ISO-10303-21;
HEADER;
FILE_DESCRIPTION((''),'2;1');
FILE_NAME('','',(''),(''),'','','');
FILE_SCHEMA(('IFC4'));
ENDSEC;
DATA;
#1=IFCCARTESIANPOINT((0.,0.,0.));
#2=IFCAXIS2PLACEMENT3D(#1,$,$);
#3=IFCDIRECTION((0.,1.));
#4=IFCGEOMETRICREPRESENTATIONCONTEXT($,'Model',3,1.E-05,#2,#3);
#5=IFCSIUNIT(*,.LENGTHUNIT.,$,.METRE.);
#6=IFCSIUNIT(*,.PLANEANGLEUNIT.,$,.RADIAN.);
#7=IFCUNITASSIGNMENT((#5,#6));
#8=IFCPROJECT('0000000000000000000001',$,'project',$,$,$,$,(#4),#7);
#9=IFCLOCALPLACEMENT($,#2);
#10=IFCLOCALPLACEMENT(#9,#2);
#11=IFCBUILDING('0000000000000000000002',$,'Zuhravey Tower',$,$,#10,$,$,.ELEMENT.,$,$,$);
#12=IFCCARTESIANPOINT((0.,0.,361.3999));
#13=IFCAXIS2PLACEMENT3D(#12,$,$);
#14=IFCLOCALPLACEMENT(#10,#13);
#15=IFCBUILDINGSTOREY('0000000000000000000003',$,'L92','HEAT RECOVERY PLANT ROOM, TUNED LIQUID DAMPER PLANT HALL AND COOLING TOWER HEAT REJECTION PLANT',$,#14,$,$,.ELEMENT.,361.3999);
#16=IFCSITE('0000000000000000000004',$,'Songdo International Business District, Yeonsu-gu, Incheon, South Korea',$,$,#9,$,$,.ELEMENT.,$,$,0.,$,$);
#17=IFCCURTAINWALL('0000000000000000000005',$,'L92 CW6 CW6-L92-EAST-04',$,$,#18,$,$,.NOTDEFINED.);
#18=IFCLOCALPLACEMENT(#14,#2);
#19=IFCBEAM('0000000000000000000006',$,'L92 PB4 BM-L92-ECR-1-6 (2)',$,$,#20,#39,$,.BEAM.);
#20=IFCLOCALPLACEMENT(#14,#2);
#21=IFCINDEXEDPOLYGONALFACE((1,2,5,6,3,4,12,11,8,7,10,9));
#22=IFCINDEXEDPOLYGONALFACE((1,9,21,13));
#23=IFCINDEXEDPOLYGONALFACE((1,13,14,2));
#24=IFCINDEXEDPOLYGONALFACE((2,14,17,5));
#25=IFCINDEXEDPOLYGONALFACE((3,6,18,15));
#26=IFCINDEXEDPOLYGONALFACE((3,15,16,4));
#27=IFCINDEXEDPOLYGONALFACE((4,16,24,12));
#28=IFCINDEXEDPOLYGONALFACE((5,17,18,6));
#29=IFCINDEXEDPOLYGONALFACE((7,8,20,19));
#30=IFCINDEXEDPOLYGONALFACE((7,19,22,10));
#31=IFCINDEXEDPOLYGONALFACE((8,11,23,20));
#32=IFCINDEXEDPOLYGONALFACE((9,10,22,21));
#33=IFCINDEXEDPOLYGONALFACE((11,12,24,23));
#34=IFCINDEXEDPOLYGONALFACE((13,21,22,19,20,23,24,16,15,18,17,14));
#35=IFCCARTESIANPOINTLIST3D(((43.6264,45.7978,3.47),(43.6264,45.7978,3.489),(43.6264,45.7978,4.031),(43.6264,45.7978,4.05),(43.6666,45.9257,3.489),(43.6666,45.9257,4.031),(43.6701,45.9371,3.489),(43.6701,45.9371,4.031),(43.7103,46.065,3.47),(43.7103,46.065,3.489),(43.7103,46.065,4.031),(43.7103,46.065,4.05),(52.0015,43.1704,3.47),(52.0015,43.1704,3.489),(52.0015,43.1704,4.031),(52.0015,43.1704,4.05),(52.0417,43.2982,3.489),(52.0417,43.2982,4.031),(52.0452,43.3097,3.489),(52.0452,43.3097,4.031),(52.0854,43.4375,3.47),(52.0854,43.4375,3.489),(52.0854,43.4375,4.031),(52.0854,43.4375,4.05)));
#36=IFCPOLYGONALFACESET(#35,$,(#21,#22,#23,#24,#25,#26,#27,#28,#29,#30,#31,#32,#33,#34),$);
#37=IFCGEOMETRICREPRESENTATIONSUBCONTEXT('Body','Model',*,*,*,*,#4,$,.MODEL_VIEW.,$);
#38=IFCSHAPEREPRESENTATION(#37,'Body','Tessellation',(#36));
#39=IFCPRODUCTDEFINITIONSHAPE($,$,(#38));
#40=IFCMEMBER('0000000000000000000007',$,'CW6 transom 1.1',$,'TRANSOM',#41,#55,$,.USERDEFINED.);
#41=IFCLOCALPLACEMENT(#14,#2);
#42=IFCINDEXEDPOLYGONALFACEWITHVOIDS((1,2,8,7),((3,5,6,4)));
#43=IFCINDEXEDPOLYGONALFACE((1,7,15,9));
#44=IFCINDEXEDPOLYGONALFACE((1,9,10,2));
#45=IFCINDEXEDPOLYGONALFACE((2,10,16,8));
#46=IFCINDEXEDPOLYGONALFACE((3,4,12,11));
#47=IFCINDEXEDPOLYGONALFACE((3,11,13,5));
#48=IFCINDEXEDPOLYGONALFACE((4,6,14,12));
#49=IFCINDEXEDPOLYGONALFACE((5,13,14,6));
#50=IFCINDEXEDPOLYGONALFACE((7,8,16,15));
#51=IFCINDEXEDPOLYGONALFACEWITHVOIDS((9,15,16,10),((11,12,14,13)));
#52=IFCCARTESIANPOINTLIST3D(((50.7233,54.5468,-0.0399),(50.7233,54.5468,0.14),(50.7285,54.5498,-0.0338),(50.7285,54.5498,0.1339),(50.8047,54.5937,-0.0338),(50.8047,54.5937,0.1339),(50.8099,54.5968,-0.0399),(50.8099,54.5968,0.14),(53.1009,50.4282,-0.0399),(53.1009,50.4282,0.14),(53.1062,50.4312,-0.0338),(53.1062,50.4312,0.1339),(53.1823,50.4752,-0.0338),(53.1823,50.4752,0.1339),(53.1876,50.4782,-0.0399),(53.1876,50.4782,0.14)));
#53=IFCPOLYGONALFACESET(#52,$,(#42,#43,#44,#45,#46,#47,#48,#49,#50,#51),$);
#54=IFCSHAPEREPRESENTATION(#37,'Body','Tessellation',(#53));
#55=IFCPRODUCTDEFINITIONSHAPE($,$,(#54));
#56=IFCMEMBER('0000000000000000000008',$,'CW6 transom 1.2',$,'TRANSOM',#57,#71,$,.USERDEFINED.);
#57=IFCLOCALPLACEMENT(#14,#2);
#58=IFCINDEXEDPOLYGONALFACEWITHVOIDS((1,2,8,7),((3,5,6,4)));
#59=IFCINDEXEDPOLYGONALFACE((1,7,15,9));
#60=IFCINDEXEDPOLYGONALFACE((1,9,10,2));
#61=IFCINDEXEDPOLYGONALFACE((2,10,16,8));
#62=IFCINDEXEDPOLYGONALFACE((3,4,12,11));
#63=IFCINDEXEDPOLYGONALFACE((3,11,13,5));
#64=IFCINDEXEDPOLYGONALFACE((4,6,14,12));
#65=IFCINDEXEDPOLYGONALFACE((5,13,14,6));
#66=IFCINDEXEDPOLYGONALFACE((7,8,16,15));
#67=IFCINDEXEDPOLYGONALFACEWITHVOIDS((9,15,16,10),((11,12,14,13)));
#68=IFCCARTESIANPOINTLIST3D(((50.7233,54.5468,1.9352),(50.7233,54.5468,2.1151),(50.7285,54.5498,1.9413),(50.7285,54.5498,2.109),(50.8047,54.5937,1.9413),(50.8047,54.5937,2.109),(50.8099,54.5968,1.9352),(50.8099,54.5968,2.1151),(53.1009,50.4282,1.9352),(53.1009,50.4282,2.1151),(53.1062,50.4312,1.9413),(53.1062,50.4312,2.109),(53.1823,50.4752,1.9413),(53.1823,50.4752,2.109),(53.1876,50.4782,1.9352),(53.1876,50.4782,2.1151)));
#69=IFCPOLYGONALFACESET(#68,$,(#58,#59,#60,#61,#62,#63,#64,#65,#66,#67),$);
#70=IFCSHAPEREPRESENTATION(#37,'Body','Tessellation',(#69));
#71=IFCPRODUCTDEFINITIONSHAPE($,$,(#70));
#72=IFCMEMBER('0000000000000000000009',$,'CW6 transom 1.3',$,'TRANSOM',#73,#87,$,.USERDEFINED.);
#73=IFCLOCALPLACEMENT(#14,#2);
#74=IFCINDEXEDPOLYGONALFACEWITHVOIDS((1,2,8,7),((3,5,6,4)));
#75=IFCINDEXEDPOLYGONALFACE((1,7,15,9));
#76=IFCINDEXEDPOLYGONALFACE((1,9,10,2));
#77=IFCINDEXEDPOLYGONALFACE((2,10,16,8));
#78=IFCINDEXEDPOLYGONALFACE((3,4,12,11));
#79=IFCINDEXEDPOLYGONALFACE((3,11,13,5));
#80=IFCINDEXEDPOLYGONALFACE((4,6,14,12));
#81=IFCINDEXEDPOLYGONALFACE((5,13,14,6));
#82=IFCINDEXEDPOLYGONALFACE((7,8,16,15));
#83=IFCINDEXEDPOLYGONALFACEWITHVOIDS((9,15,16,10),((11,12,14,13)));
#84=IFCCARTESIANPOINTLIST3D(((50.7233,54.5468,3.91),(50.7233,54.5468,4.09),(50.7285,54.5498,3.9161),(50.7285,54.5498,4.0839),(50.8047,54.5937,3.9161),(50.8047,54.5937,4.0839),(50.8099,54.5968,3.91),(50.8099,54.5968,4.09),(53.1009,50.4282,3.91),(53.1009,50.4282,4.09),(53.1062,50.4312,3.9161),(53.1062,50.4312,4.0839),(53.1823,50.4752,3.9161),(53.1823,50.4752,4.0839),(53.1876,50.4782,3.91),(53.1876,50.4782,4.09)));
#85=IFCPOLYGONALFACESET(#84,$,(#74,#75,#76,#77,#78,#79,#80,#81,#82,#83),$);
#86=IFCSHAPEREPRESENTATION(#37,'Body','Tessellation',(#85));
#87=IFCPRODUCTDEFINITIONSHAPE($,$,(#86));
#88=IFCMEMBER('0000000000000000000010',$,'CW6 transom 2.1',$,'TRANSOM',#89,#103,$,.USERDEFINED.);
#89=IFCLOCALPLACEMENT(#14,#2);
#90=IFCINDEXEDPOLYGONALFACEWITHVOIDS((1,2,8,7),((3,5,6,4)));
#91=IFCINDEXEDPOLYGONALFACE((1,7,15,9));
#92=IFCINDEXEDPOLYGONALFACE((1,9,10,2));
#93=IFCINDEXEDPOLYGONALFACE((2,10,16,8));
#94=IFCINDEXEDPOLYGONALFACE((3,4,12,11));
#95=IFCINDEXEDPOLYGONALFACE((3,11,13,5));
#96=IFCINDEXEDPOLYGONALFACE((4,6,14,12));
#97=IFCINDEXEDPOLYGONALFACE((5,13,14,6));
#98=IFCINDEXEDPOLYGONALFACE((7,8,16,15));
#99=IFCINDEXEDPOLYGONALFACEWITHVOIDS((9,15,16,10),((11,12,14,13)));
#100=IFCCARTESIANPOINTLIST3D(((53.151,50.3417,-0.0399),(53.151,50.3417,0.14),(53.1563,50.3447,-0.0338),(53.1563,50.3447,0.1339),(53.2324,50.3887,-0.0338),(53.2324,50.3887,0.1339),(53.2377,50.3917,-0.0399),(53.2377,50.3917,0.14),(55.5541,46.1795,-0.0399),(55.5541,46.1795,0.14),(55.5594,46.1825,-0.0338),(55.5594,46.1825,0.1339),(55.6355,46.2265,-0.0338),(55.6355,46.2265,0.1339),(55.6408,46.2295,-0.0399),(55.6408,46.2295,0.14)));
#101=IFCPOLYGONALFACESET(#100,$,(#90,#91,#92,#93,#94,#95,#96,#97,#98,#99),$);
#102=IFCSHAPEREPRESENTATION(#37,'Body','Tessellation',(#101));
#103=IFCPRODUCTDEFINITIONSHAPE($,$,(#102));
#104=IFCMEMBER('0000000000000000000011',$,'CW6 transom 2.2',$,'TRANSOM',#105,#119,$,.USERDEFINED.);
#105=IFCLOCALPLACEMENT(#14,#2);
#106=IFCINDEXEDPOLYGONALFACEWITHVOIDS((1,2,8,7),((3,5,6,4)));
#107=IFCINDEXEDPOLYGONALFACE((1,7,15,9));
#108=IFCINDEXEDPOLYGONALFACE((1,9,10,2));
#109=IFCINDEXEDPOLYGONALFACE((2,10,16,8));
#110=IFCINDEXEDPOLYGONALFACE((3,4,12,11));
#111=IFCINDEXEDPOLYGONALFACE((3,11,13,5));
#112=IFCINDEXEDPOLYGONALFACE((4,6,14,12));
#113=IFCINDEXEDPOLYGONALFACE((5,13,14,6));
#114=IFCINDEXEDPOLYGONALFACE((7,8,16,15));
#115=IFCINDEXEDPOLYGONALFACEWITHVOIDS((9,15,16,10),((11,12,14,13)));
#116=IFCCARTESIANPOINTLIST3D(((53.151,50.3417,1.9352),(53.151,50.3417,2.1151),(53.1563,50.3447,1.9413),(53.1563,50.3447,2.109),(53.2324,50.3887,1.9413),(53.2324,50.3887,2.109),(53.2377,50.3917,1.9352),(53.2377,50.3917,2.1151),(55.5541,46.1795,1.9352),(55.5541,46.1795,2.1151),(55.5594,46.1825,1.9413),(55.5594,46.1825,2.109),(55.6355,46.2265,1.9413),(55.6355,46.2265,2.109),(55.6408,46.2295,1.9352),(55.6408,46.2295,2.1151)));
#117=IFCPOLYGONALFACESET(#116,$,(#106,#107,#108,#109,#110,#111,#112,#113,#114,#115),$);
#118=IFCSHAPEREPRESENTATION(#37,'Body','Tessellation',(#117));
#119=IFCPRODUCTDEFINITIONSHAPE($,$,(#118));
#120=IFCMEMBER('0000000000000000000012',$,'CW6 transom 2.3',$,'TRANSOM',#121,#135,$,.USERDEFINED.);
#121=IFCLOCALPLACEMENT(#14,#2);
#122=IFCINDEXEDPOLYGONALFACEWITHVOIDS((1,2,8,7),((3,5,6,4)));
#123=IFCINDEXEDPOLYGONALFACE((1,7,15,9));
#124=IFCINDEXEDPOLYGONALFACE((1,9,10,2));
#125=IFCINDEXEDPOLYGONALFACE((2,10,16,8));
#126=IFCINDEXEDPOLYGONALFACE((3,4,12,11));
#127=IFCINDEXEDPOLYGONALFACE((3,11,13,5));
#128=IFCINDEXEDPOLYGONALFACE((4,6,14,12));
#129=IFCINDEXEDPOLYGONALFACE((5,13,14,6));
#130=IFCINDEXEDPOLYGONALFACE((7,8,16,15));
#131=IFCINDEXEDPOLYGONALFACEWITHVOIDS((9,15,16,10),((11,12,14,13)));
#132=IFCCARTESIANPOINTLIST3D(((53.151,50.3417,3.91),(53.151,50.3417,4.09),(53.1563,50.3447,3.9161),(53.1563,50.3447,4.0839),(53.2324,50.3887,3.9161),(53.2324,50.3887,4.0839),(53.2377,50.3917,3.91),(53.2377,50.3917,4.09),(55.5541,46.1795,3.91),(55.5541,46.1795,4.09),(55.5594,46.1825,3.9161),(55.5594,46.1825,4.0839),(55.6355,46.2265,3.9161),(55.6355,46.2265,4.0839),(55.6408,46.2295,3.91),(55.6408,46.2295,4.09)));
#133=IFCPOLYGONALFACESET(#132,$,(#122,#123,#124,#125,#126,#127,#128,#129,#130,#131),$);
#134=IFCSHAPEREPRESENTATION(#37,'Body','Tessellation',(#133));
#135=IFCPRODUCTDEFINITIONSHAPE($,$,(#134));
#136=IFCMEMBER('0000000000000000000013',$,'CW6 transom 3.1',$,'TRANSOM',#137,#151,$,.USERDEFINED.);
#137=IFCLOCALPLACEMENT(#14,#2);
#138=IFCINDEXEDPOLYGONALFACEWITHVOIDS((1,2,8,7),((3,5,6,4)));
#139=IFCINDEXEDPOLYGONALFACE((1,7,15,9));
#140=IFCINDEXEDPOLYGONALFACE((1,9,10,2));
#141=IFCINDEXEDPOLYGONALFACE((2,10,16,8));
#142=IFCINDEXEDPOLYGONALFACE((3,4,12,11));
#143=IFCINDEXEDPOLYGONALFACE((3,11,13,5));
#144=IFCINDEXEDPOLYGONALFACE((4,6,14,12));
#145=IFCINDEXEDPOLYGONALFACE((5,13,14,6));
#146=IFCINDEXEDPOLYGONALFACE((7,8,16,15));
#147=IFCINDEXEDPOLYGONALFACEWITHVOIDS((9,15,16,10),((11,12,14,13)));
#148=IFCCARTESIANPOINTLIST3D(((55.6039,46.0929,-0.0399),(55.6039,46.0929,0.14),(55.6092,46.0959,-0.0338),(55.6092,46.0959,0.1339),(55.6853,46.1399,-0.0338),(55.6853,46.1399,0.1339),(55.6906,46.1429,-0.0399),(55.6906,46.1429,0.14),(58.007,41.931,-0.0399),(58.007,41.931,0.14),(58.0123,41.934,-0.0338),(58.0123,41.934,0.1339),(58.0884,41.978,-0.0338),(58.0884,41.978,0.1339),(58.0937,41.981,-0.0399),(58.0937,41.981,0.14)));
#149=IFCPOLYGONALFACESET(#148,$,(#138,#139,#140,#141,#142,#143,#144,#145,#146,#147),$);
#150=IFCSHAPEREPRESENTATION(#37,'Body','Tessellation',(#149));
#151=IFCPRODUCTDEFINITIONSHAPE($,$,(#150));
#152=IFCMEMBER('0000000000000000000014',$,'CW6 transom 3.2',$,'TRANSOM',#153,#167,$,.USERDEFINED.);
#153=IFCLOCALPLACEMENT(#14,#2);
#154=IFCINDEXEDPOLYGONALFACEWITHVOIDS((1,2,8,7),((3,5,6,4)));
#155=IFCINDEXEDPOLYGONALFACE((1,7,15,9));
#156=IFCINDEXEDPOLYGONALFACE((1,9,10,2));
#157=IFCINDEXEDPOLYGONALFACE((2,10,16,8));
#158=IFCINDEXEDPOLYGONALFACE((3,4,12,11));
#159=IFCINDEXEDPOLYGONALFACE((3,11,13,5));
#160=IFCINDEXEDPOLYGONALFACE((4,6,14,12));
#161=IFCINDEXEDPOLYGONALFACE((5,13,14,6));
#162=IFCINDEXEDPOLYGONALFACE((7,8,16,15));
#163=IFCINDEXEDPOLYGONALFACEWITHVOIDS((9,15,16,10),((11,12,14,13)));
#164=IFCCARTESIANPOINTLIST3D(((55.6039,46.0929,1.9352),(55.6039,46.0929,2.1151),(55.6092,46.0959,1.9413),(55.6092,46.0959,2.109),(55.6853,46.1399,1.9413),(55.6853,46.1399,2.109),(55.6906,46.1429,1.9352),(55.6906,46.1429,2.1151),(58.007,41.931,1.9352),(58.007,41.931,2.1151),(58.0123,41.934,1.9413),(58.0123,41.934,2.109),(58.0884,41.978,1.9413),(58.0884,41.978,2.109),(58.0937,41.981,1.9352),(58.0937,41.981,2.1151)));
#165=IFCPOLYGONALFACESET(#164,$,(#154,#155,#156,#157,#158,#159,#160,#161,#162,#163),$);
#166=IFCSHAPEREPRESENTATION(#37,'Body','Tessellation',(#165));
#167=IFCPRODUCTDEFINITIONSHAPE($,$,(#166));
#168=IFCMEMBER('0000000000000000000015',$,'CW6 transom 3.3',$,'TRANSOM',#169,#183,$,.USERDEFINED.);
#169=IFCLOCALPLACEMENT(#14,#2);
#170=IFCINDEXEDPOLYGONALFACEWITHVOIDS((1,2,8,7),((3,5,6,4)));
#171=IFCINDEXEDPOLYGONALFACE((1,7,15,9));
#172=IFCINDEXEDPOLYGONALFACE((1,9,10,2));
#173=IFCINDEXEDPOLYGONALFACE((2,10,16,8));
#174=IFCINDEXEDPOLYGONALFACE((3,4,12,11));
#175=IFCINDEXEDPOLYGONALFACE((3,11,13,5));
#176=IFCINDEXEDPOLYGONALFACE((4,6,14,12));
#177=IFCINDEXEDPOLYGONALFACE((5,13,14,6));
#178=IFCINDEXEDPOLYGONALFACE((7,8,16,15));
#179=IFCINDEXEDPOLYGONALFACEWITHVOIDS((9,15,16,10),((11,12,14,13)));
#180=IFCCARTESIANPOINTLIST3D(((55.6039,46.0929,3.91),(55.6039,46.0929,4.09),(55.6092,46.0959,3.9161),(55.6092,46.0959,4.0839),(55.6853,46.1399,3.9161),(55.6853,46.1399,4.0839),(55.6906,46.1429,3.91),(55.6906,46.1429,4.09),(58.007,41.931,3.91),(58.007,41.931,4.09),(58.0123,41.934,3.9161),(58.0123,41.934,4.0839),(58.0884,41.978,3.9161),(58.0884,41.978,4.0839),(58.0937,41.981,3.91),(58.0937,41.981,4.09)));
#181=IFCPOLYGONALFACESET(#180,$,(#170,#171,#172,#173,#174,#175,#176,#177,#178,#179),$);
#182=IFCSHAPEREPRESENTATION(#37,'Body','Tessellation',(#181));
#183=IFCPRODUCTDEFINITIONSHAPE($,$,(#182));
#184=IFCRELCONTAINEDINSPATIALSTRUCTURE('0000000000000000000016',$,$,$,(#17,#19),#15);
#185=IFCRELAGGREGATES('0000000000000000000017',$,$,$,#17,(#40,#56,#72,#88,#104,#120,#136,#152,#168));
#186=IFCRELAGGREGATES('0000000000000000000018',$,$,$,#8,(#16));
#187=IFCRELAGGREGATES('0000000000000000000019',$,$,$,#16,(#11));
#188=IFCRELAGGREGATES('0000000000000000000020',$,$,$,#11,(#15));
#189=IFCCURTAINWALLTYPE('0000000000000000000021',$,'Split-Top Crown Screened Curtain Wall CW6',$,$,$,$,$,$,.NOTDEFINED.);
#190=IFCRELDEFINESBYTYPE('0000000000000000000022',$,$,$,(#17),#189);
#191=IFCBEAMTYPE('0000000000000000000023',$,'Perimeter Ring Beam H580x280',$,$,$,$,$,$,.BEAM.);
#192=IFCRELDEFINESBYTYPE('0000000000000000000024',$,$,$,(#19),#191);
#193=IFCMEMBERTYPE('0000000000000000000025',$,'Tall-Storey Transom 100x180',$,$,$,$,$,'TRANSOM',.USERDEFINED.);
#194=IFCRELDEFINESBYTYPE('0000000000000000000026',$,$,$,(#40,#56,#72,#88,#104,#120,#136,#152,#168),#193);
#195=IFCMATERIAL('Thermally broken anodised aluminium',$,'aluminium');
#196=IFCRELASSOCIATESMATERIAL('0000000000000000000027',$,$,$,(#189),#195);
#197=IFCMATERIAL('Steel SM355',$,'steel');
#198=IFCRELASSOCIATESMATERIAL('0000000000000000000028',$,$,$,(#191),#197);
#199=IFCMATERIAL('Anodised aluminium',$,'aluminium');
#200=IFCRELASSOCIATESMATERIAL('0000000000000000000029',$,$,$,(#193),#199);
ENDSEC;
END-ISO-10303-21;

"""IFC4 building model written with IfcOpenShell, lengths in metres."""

from ifc_helpers import new_model, si_unit, direction, frame, origin, origin_2d, place, context, subcontext, project, spatial, hollow_rectangle, i_section, extrude, material, material_profile, profile_set, type_object, element, aggregate, save


model = new_model("IFC4")

# Units and contexts
model_context = context("Model", 3, precision=1e-05, world=origin(), true_north=direction((0.0, 1.0)))
body_context = subcontext(model_context, "Body", "Model", "MODEL_VIEW")
ifc_project = project(units=[si_unit("LENGTHUNIT", "METRE"), si_unit("PLANEANGLEUNIT", "RADIAN")], contexts=[model_context])

# Site, building, storey
site_placement = place(None, origin())
site = spatial("IfcSite", under=ifc_project, at=site_placement, Name="Songdo International Business District, Yeonsu-gu, Incheon, South Korea", CompositionType="ELEMENT", RefElevation=0.0)
building_placement = place(site_placement, origin())
building = spatial("IfcBuilding", under=site, at=building_placement, Name="Zuhravey Tower", CompositionType="ELEMENT")
storey_placement = place(building_placement, frame((0.0, 0.0, 361.3999)))
storey = spatial("IfcBuildingStorey", under=building, at=storey_placement, Name="L92", Description="HEAT RECOVERY PLANT ROOM, TUNED LIQUID DAMPER PLANT HALL AND COOLING TOWER HEAT REJECTION PLANT", CompositionType="ELEMENT", Elevation=361.3999)

# Shared definitions
ifc_material_1 = material(Name="Steel SM355", Category="steel")

# Curtain wall
ifc_material_2 = material(Name="Thermally broken anodised aluminium", Category="aluminium")
curtain_wall_type = type_object("IfcCurtainWallType", Name="Split-Top Crown Screened Curtain Wall CW6", PredefinedType="NOTDEFINED", material=ifc_material_2)
curtain_wall_placement = place(storey_placement, origin())
curtain_wall = element("IfcCurtainWall", 1, at=curtain_wall_placement, inside=storey, type_object=curtain_wall_type, Name="L92 CW6 CW6-L92-EAST-04", PredefinedType="NOTDEFINED")
ifc_material_3 = material(Name="Anodised aluminium", Category="aluminium")

# Beam
ifc_material_profile_1 = material_profile(ifc_material_1, i_section(OverallWidth=0.28, OverallDepth=0.5801, WebThickness=0.012, FlangeThickness=0.019, at=origin_2d()), Name="H-580x280x12x19")
ifc_profile_set_1 = profile_set([ifc_material_profile_1], Name="Steel SM355")
beam_type = type_object("IfcBeamType", Name="Perimeter Ring Beam H580x280", PredefinedType="BEAM", material=ifc_profile_set_1)
beam_1_placement = place(storey_placement, frame((52.0435, 43.304, 3.76), z_axis=(-0.954147, 0.299339, 0.0), x_axis=(-0.299339, -0.954147, 0.0)))
element("IfcBeam", 2, at=beam_1_placement, inside=storey, type_object=beam_type, Name="L92 PB4 BM-L92-ECR-1-6 (2)", PredefinedType="BEAM", context=body_context, shape_type="SweptSolid", body=[
    extrude(i_section(OverallWidth=0.28, OverallDepth=0.5801, WebThickness=0.012, FlangeThickness=0.019, at=origin_2d()), origin(), (0.0, 0.0, 1.0), 8.7776),
])

# Members
ifc_material_profile_2 = material_profile(ifc_material_3, hollow_rectangle(XDim=0.1001, YDim=0.1799, WallThickness=0.0061, at=origin_2d()), Name="ALU-RHS-100x180x6")
ifc_profile_set_2 = profile_set([ifc_material_profile_2], Name="Anodised aluminium")
member_type_1 = type_object("IfcMemberType", Name="Tall-Storey Transom 100x180", ElementType="TRANSOM", PredefinedType="USERDEFINED", material=ifc_profile_set_2)
member_1_placement = place(storey_placement, frame((50.7666, 54.5718, 0.05), z_axis=(0.499965, -0.866045, 0.0), x_axis=(0.866045, 0.499965, 0.0)))
member_1 = element("IfcMember", 3, at=member_1_placement, type_object=member_type_1, Name="CW6 transom 1.1", ObjectType="TRANSOM", PredefinedType="USERDEFINED", context=body_context, shape_type="SweptSolid", body=[
    extrude(hollow_rectangle(XDim=0.1001, YDim=0.1799, WallThickness=0.0061, at=origin_2d()), origin(), (0.0, 0.0, 1.0), 4.7556),
])
member_2_placement = place(storey_placement, frame((50.7666, 54.5718, 2.0251), z_axis=(0.499965, -0.866045, 0.0), x_axis=(0.866045, 0.499965, 0.0)))
member_2 = element("IfcMember", 4, at=member_2_placement, type_object=member_type_1, Name="CW6 transom 1.2", ObjectType="TRANSOM", PredefinedType="USERDEFINED", context=body_context, shape_type="SweptSolid", body=[
    extrude(hollow_rectangle(XDim=0.1001, YDim=0.1799, WallThickness=0.0061, at=origin_2d()), origin(), (0.0, 0.0, 1.0), 4.7556),
])
member_3_placement = place(storey_placement, frame((50.7666, 54.5718, 4.0), z_axis=(0.499965, -0.866045, 0.0), x_axis=(0.866045, 0.499965, 0.0)))
member_3 = element("IfcMember", 5, at=member_3_placement, type_object=member_type_1, Name="CW6 transom 1.3", ObjectType="TRANSOM", PredefinedType="USERDEFINED", context=body_context, shape_type="SweptSolid", body=[
    extrude(hollow_rectangle(XDim=0.1001, YDim=0.1799, WallThickness=0.0061, at=origin_2d()), origin(), (0.0, 0.0, 1.0), 4.7556),
])
member_4_placement = place(storey_placement, frame((53.1943, 50.3667, 0.05), z_axis=(0.500013, -0.866018, 0.0), x_axis=(0.866018, 0.500013, 0.0)))
member_4 = element("IfcMember", 6, at=member_4_placement, type_object=member_type_1, Name="CW6 transom 2.1", ObjectType="TRANSOM", PredefinedType="USERDEFINED", context=body_context, shape_type="SweptSolid", body=[
    extrude(hollow_rectangle(XDim=0.1001, YDim=0.1799, WallThickness=0.0061, at=origin_2d()), origin(), (0.0, 0.0, 1.0), 4.8062),
])
member_5_placement = place(storey_placement, frame((53.1943, 50.3667, 2.0251), z_axis=(0.500013, -0.866018, 0.0), x_axis=(0.866018, 0.500013, 0.0)))
member_5 = element("IfcMember", 7, at=member_5_placement, type_object=member_type_1, Name="CW6 transom 2.2", ObjectType="TRANSOM", PredefinedType="USERDEFINED", context=body_context, shape_type="SweptSolid", body=[
    extrude(hollow_rectangle(XDim=0.1001, YDim=0.1799, WallThickness=0.0061, at=origin_2d()), origin(), (0.0, 0.0, 1.0), 4.8062),
])
member_6_placement = place(storey_placement, frame((53.1943, 50.3667, 4.0), z_axis=(0.500013, -0.866018, 0.0), x_axis=(0.866018, 0.500013, 0.0)))
member_6 = element("IfcMember", 8, at=member_6_placement, type_object=member_type_1, Name="CW6 transom 2.3", ObjectType="TRANSOM", PredefinedType="USERDEFINED", context=body_context, shape_type="SweptSolid", body=[
    extrude(hollow_rectangle(XDim=0.1001, YDim=0.1799, WallThickness=0.0061, at=origin_2d()), origin(), (0.0, 0.0, 1.0), 4.8062),
])
member_7_placement = place(storey_placement, frame((55.6472, 46.1179, 0.05), z_axis=(0.500035, -0.866005, 0.0), x_axis=(0.866005, 0.500035, 0.0)))
member_7 = element("IfcMember", 9, at=member_7_placement, type_object=member_type_1, Name="CW6 transom 3.1", ObjectType="TRANSOM", PredefinedType="USERDEFINED", context=body_context, shape_type="SweptSolid", body=[
    extrude(hollow_rectangle(XDim=0.1001, YDim=0.1799, WallThickness=0.0061, at=origin_2d()), origin(), (0.0, 0.0, 1.0), 4.8059),
])
member_8_placement = place(storey_placement, frame((55.6472, 46.1179, 2.0251), z_axis=(0.500035, -0.866005, 0.0), x_axis=(0.866005, 0.500035, 0.0)))
member_8 = element("IfcMember", 10, at=member_8_placement, type_object=member_type_1, Name="CW6 transom 3.2", ObjectType="TRANSOM", PredefinedType="USERDEFINED", context=body_context, shape_type="SweptSolid", body=[
    extrude(hollow_rectangle(XDim=0.1001, YDim=0.1799, WallThickness=0.0061, at=origin_2d()), origin(), (0.0, 0.0, 1.0), 4.8059),
])
member_9_placement = place(storey_placement, frame((55.6472, 46.1179, 4.0), z_axis=(0.500035, -0.866005, 0.0), x_axis=(0.866005, 0.500035, 0.0)))
member_9 = element("IfcMember", 11, at=member_9_placement, type_object=member_type_1, Name="CW6 transom 3.3", ObjectType="TRANSOM", PredefinedType="USERDEFINED", context=body_context, shape_type="SweptSolid", body=[
    extrude(hollow_rectangle(XDim=0.1001, YDim=0.1799, WallThickness=0.0061, at=origin_2d()), origin(), (0.0, 0.0, 1.0), 4.8059),
])

aggregate(curtain_wall, [member_1, member_2, member_3, member_4, member_5, member_6, member_7, member_8, member_9])

save(model, "model.ifc")
